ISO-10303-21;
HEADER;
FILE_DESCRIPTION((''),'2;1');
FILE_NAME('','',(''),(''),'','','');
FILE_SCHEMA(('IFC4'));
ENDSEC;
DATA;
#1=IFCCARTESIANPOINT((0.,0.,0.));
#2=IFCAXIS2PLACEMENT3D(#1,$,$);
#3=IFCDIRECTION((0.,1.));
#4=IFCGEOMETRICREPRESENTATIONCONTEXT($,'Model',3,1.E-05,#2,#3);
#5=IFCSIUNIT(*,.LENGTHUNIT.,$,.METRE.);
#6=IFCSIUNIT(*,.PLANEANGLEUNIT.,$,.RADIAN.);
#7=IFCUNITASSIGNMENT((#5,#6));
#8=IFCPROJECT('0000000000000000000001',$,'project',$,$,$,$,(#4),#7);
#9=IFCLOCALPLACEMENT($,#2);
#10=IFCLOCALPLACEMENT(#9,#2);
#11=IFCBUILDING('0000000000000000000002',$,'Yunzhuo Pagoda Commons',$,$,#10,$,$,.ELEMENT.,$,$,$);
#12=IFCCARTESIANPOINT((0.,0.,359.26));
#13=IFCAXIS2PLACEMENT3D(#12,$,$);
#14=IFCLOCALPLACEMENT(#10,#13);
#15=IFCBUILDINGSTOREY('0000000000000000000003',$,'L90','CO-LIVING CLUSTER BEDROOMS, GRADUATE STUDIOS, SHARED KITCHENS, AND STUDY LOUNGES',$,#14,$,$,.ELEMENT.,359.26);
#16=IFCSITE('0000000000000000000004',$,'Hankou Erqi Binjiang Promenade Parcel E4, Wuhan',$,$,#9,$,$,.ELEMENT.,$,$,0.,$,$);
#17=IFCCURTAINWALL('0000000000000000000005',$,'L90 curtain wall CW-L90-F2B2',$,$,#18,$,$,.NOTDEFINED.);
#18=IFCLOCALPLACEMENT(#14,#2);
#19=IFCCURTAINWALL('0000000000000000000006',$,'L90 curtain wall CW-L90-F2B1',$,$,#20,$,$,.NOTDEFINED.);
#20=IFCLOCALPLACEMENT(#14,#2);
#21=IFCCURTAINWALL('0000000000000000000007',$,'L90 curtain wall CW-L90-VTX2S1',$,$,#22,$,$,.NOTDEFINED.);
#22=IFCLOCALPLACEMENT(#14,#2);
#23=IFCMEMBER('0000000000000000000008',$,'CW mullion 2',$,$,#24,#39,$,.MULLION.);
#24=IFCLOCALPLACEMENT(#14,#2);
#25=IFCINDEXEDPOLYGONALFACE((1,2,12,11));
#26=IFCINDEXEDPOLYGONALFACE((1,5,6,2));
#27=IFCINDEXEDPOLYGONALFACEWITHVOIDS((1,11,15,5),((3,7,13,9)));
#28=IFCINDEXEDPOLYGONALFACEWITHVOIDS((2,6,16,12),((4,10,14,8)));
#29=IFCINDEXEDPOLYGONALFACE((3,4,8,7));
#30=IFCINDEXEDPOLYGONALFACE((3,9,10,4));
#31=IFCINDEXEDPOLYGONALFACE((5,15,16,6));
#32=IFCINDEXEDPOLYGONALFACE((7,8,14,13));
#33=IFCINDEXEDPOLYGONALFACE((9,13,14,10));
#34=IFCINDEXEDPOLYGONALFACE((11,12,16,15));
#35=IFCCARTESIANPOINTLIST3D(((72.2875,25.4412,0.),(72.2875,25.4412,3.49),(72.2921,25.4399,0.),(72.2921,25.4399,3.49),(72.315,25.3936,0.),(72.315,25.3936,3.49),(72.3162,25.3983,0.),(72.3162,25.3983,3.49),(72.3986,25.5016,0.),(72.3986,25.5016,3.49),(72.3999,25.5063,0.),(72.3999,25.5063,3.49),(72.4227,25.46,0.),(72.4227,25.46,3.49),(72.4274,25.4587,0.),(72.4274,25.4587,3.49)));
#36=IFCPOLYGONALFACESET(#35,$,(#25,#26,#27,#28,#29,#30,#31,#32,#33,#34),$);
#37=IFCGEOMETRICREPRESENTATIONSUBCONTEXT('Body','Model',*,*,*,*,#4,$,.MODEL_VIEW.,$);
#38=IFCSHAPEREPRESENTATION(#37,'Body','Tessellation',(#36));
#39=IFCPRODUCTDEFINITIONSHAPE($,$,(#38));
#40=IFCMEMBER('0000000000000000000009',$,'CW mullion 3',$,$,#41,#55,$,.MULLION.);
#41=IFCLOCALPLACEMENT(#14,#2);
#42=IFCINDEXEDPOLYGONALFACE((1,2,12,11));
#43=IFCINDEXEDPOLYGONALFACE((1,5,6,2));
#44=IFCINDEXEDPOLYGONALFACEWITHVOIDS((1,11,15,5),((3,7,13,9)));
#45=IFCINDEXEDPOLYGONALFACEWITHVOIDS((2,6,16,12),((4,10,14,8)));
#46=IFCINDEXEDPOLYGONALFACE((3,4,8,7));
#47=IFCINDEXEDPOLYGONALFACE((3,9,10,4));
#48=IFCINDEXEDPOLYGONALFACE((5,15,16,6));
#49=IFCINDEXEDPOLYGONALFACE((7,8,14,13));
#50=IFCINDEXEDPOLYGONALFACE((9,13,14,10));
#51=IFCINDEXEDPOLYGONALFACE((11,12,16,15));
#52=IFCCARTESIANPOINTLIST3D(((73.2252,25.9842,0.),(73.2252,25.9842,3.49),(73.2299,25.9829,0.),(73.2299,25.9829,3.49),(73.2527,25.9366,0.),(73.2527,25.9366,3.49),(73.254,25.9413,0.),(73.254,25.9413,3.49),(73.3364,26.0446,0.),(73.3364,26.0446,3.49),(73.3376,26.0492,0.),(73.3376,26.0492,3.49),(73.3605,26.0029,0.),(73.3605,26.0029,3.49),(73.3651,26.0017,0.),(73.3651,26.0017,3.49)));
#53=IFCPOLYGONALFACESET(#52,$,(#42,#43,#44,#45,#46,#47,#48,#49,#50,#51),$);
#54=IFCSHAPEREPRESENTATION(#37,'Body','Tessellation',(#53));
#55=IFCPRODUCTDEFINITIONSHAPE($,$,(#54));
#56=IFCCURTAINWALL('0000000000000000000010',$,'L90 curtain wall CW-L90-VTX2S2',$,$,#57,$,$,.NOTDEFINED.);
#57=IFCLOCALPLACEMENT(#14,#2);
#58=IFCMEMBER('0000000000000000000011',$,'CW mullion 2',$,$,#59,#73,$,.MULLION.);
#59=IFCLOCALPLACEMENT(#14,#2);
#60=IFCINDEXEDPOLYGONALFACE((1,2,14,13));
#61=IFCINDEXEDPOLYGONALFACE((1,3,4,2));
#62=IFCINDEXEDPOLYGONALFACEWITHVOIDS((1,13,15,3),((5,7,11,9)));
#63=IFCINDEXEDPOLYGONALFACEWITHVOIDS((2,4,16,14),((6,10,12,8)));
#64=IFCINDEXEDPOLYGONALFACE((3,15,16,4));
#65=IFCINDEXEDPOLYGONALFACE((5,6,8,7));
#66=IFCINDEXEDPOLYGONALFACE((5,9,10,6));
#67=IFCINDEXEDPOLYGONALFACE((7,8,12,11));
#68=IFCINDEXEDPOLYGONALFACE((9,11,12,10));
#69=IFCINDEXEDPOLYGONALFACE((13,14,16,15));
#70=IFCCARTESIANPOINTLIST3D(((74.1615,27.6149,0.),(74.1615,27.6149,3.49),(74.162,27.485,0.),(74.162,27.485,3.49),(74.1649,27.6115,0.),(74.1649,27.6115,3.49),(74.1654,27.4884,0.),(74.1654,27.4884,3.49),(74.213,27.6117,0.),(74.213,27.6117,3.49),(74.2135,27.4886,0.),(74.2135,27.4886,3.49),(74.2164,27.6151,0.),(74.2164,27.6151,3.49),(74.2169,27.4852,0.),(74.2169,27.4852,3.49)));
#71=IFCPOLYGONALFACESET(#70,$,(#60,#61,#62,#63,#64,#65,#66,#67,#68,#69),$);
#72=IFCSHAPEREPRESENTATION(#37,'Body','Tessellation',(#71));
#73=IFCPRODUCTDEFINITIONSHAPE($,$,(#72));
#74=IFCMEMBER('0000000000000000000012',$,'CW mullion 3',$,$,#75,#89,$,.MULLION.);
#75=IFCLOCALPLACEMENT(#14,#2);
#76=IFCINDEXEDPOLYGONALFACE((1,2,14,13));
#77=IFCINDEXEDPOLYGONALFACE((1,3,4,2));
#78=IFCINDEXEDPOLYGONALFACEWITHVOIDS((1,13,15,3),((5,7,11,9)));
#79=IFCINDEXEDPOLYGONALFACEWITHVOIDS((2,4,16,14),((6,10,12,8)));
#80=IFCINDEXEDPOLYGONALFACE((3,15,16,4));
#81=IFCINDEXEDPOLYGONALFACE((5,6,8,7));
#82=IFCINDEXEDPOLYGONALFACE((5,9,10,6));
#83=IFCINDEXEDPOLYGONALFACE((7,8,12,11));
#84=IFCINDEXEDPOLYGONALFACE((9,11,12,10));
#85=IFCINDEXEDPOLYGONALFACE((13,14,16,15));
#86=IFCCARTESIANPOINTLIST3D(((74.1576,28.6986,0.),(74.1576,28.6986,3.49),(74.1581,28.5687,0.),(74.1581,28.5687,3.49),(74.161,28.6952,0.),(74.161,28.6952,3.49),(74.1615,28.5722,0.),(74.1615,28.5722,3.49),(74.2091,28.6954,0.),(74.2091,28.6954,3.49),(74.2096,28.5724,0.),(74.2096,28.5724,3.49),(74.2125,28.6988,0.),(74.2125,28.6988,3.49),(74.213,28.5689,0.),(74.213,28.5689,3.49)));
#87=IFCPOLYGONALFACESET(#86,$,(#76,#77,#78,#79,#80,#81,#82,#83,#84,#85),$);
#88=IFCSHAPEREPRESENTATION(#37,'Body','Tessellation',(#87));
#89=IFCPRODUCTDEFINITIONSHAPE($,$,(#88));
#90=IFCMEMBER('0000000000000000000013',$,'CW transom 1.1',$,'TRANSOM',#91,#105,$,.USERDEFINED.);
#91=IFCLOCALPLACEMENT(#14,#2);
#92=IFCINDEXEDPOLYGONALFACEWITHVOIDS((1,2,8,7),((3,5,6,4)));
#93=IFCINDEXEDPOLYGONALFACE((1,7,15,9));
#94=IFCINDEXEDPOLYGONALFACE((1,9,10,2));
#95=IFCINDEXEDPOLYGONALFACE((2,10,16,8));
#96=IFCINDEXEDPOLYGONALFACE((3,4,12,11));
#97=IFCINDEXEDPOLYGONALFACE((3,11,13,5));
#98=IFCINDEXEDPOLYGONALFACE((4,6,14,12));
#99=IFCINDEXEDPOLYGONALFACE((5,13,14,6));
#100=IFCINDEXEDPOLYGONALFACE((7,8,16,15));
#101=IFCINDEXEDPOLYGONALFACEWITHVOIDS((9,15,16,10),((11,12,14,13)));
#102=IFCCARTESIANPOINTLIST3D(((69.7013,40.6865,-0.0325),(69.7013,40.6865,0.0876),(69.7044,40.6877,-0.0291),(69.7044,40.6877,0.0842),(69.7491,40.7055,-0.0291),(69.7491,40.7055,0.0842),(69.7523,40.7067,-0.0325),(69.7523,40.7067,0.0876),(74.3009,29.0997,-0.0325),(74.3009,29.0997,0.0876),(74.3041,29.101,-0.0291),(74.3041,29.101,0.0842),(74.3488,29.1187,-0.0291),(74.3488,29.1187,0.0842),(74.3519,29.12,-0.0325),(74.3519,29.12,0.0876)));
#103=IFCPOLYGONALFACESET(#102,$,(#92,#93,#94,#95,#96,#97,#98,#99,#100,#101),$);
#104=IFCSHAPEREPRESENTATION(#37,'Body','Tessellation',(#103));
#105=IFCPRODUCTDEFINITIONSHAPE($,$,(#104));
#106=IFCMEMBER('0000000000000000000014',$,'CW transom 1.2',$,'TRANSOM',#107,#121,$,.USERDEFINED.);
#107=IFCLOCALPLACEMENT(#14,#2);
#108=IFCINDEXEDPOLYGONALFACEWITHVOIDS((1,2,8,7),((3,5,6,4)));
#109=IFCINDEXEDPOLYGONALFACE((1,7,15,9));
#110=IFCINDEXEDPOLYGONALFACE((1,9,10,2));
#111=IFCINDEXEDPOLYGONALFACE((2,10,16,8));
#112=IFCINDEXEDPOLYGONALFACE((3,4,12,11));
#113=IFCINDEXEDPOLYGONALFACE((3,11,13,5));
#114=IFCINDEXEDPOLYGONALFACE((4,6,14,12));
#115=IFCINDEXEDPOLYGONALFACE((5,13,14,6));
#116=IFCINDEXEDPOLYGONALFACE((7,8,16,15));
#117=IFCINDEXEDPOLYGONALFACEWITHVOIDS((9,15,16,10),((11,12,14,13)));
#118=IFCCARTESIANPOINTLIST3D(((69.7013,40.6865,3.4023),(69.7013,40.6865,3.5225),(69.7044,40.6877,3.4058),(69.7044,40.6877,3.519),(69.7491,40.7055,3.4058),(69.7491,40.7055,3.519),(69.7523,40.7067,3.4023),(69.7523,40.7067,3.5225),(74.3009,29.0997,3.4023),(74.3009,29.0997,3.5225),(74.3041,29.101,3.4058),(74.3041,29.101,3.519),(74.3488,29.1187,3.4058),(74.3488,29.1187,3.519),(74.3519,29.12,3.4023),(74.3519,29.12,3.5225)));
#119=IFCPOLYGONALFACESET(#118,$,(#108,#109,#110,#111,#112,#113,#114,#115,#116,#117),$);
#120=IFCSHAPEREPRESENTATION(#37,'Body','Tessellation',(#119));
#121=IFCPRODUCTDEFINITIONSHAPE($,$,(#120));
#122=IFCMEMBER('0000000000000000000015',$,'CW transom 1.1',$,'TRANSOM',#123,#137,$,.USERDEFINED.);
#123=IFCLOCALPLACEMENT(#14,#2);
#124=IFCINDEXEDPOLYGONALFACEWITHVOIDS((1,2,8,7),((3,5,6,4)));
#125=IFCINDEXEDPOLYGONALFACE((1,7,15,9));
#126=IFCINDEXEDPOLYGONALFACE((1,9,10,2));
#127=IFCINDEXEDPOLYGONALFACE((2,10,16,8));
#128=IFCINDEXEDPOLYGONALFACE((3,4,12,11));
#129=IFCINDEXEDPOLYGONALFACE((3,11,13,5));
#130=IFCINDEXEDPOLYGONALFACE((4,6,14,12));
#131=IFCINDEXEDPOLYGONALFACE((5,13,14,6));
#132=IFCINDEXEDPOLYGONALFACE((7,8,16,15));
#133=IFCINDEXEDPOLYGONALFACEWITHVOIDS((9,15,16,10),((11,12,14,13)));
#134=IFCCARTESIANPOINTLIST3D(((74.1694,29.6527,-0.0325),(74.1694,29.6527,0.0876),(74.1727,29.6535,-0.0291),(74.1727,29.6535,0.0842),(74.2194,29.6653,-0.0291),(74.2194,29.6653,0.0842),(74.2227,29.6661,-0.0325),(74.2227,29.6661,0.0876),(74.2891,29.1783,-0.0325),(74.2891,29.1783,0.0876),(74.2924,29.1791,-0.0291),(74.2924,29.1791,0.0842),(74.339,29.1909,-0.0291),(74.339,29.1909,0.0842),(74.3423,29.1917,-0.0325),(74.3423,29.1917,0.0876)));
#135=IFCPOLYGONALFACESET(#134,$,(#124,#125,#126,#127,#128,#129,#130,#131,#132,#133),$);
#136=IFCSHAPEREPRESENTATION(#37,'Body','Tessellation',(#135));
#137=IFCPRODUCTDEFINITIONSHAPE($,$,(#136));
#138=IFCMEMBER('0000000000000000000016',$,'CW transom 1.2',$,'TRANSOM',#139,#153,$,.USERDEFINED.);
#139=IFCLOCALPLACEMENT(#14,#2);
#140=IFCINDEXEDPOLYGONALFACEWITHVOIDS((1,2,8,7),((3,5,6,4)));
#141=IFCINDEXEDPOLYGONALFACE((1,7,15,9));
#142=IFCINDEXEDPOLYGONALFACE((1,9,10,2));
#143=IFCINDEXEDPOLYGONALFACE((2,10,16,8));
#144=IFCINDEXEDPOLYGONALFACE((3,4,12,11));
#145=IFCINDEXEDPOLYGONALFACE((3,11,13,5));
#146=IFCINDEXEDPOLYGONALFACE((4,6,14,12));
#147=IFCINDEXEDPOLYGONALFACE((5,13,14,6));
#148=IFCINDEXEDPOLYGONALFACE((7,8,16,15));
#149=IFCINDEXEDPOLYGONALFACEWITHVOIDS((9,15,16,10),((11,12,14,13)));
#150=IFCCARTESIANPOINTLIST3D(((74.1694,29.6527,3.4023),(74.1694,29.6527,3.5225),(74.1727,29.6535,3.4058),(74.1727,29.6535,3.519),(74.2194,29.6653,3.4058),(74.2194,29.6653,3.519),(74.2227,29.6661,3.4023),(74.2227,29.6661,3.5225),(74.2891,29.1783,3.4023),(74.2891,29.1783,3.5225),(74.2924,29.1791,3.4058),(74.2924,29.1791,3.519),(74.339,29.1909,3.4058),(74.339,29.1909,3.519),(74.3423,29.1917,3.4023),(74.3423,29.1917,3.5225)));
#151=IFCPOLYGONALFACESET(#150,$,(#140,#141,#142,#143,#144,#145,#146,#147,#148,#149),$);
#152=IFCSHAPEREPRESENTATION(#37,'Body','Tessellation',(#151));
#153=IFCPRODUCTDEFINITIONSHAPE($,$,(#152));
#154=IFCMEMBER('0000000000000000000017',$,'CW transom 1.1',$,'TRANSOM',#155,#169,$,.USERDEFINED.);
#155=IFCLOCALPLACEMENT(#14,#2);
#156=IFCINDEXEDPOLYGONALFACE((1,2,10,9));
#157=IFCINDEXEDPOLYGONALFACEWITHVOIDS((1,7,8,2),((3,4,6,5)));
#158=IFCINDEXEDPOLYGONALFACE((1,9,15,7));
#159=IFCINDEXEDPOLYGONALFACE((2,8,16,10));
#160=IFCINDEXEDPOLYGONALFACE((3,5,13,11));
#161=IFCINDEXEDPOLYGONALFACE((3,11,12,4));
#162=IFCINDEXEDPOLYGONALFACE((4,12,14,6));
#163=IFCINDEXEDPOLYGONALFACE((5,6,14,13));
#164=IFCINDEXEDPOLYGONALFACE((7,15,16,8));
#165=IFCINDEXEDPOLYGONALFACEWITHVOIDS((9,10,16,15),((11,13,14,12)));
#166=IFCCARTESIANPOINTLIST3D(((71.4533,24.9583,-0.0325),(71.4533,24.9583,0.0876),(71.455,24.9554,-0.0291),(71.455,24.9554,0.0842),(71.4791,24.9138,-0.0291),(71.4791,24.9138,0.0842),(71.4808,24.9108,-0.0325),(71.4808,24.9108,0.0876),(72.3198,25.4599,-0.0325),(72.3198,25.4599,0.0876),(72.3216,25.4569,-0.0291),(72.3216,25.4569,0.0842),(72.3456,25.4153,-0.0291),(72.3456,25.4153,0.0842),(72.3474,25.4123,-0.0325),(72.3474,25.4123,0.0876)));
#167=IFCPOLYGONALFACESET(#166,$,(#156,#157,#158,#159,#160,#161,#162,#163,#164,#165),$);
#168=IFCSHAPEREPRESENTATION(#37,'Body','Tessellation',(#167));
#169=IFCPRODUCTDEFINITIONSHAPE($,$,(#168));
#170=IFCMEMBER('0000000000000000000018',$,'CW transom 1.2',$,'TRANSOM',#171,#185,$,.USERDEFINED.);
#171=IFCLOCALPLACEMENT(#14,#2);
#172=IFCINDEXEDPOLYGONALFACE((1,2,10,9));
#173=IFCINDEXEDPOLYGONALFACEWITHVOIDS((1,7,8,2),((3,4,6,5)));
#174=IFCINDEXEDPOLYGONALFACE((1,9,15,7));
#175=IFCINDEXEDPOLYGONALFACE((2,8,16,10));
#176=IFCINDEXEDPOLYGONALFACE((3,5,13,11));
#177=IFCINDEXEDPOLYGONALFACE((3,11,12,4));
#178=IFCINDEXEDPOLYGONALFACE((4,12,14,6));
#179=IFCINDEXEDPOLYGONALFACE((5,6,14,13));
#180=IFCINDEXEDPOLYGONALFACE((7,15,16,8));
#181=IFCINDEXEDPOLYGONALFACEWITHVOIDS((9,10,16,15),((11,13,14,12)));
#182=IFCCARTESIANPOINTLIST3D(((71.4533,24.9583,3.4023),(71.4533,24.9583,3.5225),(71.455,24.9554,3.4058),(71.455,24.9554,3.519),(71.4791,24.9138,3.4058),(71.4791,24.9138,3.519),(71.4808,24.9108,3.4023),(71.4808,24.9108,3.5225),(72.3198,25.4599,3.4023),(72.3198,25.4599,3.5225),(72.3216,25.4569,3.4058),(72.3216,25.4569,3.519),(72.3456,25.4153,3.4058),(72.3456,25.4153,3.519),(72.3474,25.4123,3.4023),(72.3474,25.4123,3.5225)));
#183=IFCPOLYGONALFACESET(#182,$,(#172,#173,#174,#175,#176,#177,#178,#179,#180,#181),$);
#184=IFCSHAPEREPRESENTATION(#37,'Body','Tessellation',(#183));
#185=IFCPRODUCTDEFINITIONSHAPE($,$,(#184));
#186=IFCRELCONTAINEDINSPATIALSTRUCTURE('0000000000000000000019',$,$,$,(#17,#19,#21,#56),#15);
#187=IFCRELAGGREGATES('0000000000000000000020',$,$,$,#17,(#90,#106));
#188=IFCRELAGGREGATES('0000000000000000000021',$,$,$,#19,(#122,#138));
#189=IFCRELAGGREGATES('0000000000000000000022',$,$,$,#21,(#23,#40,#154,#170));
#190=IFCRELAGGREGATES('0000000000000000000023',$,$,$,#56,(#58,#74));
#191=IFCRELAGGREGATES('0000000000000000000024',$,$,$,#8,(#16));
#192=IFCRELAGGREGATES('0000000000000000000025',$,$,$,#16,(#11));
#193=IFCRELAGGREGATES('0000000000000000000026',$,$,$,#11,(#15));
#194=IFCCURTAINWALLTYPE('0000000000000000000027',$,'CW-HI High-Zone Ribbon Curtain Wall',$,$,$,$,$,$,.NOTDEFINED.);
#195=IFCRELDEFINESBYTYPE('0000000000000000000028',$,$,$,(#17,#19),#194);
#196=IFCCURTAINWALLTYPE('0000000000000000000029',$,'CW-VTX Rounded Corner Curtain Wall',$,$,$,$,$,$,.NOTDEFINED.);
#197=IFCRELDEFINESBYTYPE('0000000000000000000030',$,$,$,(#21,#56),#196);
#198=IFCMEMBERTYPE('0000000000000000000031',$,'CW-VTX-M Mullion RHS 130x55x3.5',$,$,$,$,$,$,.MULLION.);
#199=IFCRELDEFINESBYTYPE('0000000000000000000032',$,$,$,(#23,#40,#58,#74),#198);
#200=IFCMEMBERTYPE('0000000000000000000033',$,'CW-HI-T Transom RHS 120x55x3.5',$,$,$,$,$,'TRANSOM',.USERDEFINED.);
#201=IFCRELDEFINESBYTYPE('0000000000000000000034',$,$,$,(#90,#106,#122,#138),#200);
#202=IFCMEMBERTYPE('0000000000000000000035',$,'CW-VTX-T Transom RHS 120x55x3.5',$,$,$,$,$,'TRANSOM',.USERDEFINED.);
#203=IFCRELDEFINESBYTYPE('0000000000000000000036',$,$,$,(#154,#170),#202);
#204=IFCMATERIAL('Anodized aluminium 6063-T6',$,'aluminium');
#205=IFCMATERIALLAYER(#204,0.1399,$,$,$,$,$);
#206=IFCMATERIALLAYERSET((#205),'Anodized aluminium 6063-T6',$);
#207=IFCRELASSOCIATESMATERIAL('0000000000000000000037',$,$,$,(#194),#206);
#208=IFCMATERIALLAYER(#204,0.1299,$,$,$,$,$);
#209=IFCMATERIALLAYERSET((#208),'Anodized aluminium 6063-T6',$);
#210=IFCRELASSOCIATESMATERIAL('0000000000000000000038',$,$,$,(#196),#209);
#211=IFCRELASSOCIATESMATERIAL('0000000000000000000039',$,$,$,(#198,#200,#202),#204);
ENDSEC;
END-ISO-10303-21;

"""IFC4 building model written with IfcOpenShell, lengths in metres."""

from ifc_helpers import new_model, si_unit, direction, frame, origin, origin_2d, place, context, subcontext, project, spatial, hollow_rectangle, extrude, source, transform, mapped, material, layer, layer_set, material_profile, profile_set, type_object, element, aggregate, save


model = new_model("IFC4")

# Units and contexts
model_context = context("Model", 3, precision=1e-05, world=origin(), true_north=direction((0.0, 1.0)))
body_context = subcontext(model_context, "Body", "Model", "MODEL_VIEW")
ifc_project = project(units=[si_unit("LENGTHUNIT", "METRE"), si_unit("PLANEANGLEUNIT", "RADIAN")], contexts=[model_context])

# Site, building, storey
site_placement = place(None, origin())
site = spatial("IfcSite", under=ifc_project, at=site_placement, Name="Hankou Erqi Binjiang Promenade Parcel E4, Wuhan", CompositionType="ELEMENT", RefElevation=0.0)
building_placement = place(site_placement, origin())
building = spatial("IfcBuilding", under=site, at=building_placement, Name="Yunzhuo Pagoda Commons", CompositionType="ELEMENT")
storey_placement = place(building_placement, frame((0.0, 0.0, 359.26)))
storey = spatial("IfcBuildingStorey", under=building, at=storey_placement, Name="L90", Description="CO-LIVING CLUSTER BEDROOMS, GRADUATE STUDIOS, SHARED KITCHENS, AND STUDY LOUNGES", CompositionType="ELEMENT", Elevation=359.26)

# Curtain wall
ifc_material_1 = material(Name="Anodized aluminium 6063-T6", Category="aluminium")
ifc_layer_1 = layer(ifc_material_1, 0.1399)
ifc_layer_set_1 = layer_set([ifc_layer_1], Name="Anodized aluminium 6063-T6")
curtain_wall_type_1 = type_object("IfcCurtainWallType", Name="CW-HI High-Zone Ribbon Curtain Wall", PredefinedType="NOTDEFINED", material=ifc_layer_set_1)
curtain_wall_1_placement = place(storey_placement, origin())
curtain_wall_1 = element("IfcCurtainWall", 1, at=curtain_wall_1_placement, inside=storey, type_object=curtain_wall_type_1, Name="L90 curtain wall CW-L90-F2B2", PredefinedType="NOTDEFINED")

# Curtain walls, members
curtain_wall_2_placement = place(storey_placement, origin())
curtain_wall_2 = element("IfcCurtainWall", 2, at=curtain_wall_2_placement, inside=storey, type_object=curtain_wall_type_1, Name="L90 curtain wall CW-L90-F2B1", PredefinedType="NOTDEFINED")
ifc_layer_2 = layer(ifc_material_1, 0.1299)
ifc_layer_set_2 = layer_set([ifc_layer_2], Name="Anodized aluminium 6063-T6")
curtain_wall_type_2 = type_object("IfcCurtainWallType", Name="CW-VTX Rounded Corner Curtain Wall", PredefinedType="NOTDEFINED", material=ifc_layer_set_2)
curtain_wall_3_placement = place(storey_placement, origin())
curtain_wall_3 = element("IfcCurtainWall", 3, at=curtain_wall_3_placement, inside=storey, type_object=curtain_wall_type_2, Name="L90 curtain wall CW-L90-VTX2S1", PredefinedType="NOTDEFINED")
ifc_material_profile_1 = material_profile(ifc_material_1, hollow_rectangle(XDim=0.0549, YDim=0.1299, WallThickness=0.0034, at=origin_2d()), Name="Anodized aluminium 6063-T6")
ifc_profile_set_1 = profile_set([ifc_material_profile_1], Name="Anodized aluminium 6063-T6")
member_type_1 = type_object("IfcMemberType", Name="CW-VTX-M Mullion RHS 130x55x3.5", PredefinedType="MULLION", material=ifc_profile_set_1)
shared_shape_1 = source(origin(), body_context, "Body", "SweptSolid", [
    extrude(hollow_rectangle(XDim=0.0549, YDim=0.1299, WallThickness=0.0034, at=origin_2d()), origin(), (0.0, 0.0, 1.0), 3.49),
])
member_1_placement = place(storey_placement, frame((72.3574, 25.45, 0.0), z_axis=(0.0, 0.0, 1.0), x_axis=(-0.501017, 0.865438, 0.0)))
member_1 = element("IfcMember", 4, at=member_1_placement, type_object=member_type_1, Name="CW mullion 2", PredefinedType="MULLION", context=body_context, shape_type="MappedRepresentation", body=[
    mapped(shared_shape_1, transform((0.0, 0.0, 0.0), scale=1.0)),
])
member_2_placement = place(storey_placement, frame((73.2952, 25.9929, 0.0), z_axis=(0.0, 0.0, 1.0), x_axis=(-0.501017, 0.865438, 0.0)))
member_2 = element("IfcMember", 5, at=member_2_placement, type_object=member_type_1, Name="CW mullion 3", PredefinedType="MULLION", context=body_context, shape_type="MappedRepresentation", body=[
    mapped(shared_shape_1, transform((0.0, 0.0, 0.0), scale=1.0)),
])
curtain_wall_4_placement = place(storey_placement, origin())
curtain_wall_4 = element("IfcCurtainWall", 6, at=curtain_wall_4_placement, inside=storey, type_object=curtain_wall_type_2, Name="L90 curtain wall CW-L90-VTX2S2", PredefinedType="NOTDEFINED")
member_3_placement = place(storey_placement, frame((74.1892, 27.55, 0.0), z_axis=(0.0, 0.0, 1.0), x_axis=(-0.999994, -0.003599, 0.0)))
member_3 = element("IfcMember", 7, at=member_3_placement, type_object=member_type_1, Name="CW mullion 2", PredefinedType="MULLION", context=body_context, shape_type="MappedRepresentation", body=[
    mapped(shared_shape_1, transform((0.0, 0.0, 0.0), scale=1.0)),
])
member_4_placement = place(storey_placement, frame((74.1853, 28.6338, 0.0), z_axis=(0.0, 0.0, 1.0), x_axis=(-0.999994, -0.003599, 0.0)))
member_4 = element("IfcMember", 8, at=member_4_placement, type_object=member_type_1, Name="CW mullion 3", PredefinedType="MULLION", context=body_context, shape_type="MappedRepresentation", body=[
    mapped(shared_shape_1, transform((0.0, 0.0, 0.0), scale=1.0)),
])

# Members
ifc_material_profile_2 = material_profile(ifc_material_1, hollow_rectangle(XDim=0.0549, YDim=0.1201, WallThickness=0.0034, at=origin_2d()), Name="Anodized aluminium 6063-T6")
ifc_profile_set_2 = profile_set([ifc_material_profile_2], Name="Anodized aluminium 6063-T6")
member_type_2 = type_object("IfcMemberType", Name="CW-HI-T Transom RHS 120x55x3.5", ElementType="TRANSOM", PredefinedType="USERDEFINED", material=ifc_profile_set_2)
shared_shape_2 = source(origin(), body_context, "Body", "SweptSolid", [
    extrude(hollow_rectangle(XDim=0.0549, YDim=0.1201, WallThickness=0.0034, at=origin_2d()), origin(), (0.0, 0.0, 1.0), 12.4663),
])
member_5_placement = place(storey_placement, frame((74.3264, 29.1099, 0.0276), z_axis=(-0.368965, 0.929443, 0.0), x_axis=(-0.929443, -0.368965, 0.0)))
member_5 = element("IfcMember", 9, at=member_5_placement, type_object=member_type_2, Name="CW transom 1.1", ObjectType="TRANSOM", PredefinedType="USERDEFINED", context=body_context, shape_type="MappedRepresentation", body=[
    mapped(shared_shape_2, transform((0.0, 0.0, 0.0), scale=1.0)),
])
member_6_placement = place(storey_placement, frame((74.3264, 29.1099, 3.4624), z_axis=(-0.368965, 0.929443, 0.0), x_axis=(-0.929443, -0.368965, 0.0)))
member_6 = element("IfcMember", 10, at=member_6_placement, type_object=member_type_2, Name="CW transom 1.2", ObjectType="TRANSOM", PredefinedType="USERDEFINED", context=body_context, shape_type="MappedRepresentation", body=[
    mapped(shared_shape_2, transform((0.0, 0.0, 0.0), scale=1.0)),
])
aggregate(curtain_wall_1, [member_5, member_6])
shared_shape_3 = source(origin(), body_context, "Body", "SweptSolid", [
    extrude(hollow_rectangle(XDim=0.0549, YDim=0.1201, WallThickness=0.0034, at=origin_2d()), origin(), (0.0, 0.0, 1.0), 0.4893),
])
member_7_placement = place(storey_placement, frame((74.196, 29.6594, 0.0276), z_axis=(0.244531, -0.969641, 0.0), x_axis=(0.969641, 0.244531, 0.0)))
member_7 = element("IfcMember", 11, at=member_7_placement, type_object=member_type_2, Name="CW transom 1.1", ObjectType="TRANSOM", PredefinedType="USERDEFINED", context=body_context, shape_type="MappedRepresentation", body=[
    mapped(shared_shape_3, transform((0.0, 0.0, 0.0), scale=1.0)),
])
member_8_placement = place(storey_placement, frame((74.196, 29.6594, 3.4624), z_axis=(0.244531, -0.969641, 0.0), x_axis=(0.969641, 0.244531, 0.0)))
member_8 = element("IfcMember", 12, at=member_8_placement, type_object=member_type_2, Name="CW transom 1.2", ObjectType="TRANSOM", PredefinedType="USERDEFINED", context=body_context, shape_type="MappedRepresentation", body=[
    mapped(shared_shape_3, transform((0.0, 0.0, 0.0), scale=1.0)),
])
ifc_material_profile_3 = material_profile(ifc_material_1, hollow_rectangle(XDim=0.0549, YDim=0.1201, WallThickness=0.0034, at=origin_2d()), Name="Anodized aluminium 6063-T6")
ifc_profile_set_3 = profile_set([ifc_material_profile_3], Name="Anodized aluminium 6063-T6")
member_type_3 = type_object("IfcMemberType", Name="CW-VTX-T Transom RHS 120x55x3.5", ElementType="TRANSOM", PredefinedType="USERDEFINED", material=ifc_profile_set_3)
shared_shape_4 = source(origin(), body_context, "Body", "SweptSolid", [
    extrude(hollow_rectangle(XDim=0.0549, YDim=0.1201, WallThickness=0.0034, at=origin_2d()), origin(), (0.0, 0.0, 1.0), 1.0012),
])
member_9_placement = place(storey_placement, frame((71.467, 24.9346, 0.0276), z_axis=(0.865499, 0.500911, 0.0), x_axis=(-0.500911, 0.865499, 0.0)))
member_9 = element("IfcMember", 13, at=member_9_placement, type_object=member_type_3, Name="CW transom 1.1", ObjectType="TRANSOM", PredefinedType="USERDEFINED", context=body_context, shape_type="MappedRepresentation", body=[
    mapped(shared_shape_4, transform((0.0, 0.0, 0.0), scale=1.0)),
])
member_10_placement = place(storey_placement, frame((71.467, 24.9346, 3.4624), z_axis=(0.865499, 0.500911, 0.0), x_axis=(-0.500911, 0.865499, 0.0)))
member_10 = element("IfcMember", 14, at=member_10_placement, type_object=member_type_3, Name="CW transom 1.2", ObjectType="TRANSOM", PredefinedType="USERDEFINED", context=body_context, shape_type="MappedRepresentation", body=[
    mapped(shared_shape_4, transform((0.0, 0.0, 0.0), scale=1.0)),
])

aggregate(curtain_wall_2, [member_7, member_8])
aggregate(curtain_wall_3, [member_1, member_2, member_9, member_10])
aggregate(curtain_wall_4, [member_3, member_4])

save(model, "model.ifc")
